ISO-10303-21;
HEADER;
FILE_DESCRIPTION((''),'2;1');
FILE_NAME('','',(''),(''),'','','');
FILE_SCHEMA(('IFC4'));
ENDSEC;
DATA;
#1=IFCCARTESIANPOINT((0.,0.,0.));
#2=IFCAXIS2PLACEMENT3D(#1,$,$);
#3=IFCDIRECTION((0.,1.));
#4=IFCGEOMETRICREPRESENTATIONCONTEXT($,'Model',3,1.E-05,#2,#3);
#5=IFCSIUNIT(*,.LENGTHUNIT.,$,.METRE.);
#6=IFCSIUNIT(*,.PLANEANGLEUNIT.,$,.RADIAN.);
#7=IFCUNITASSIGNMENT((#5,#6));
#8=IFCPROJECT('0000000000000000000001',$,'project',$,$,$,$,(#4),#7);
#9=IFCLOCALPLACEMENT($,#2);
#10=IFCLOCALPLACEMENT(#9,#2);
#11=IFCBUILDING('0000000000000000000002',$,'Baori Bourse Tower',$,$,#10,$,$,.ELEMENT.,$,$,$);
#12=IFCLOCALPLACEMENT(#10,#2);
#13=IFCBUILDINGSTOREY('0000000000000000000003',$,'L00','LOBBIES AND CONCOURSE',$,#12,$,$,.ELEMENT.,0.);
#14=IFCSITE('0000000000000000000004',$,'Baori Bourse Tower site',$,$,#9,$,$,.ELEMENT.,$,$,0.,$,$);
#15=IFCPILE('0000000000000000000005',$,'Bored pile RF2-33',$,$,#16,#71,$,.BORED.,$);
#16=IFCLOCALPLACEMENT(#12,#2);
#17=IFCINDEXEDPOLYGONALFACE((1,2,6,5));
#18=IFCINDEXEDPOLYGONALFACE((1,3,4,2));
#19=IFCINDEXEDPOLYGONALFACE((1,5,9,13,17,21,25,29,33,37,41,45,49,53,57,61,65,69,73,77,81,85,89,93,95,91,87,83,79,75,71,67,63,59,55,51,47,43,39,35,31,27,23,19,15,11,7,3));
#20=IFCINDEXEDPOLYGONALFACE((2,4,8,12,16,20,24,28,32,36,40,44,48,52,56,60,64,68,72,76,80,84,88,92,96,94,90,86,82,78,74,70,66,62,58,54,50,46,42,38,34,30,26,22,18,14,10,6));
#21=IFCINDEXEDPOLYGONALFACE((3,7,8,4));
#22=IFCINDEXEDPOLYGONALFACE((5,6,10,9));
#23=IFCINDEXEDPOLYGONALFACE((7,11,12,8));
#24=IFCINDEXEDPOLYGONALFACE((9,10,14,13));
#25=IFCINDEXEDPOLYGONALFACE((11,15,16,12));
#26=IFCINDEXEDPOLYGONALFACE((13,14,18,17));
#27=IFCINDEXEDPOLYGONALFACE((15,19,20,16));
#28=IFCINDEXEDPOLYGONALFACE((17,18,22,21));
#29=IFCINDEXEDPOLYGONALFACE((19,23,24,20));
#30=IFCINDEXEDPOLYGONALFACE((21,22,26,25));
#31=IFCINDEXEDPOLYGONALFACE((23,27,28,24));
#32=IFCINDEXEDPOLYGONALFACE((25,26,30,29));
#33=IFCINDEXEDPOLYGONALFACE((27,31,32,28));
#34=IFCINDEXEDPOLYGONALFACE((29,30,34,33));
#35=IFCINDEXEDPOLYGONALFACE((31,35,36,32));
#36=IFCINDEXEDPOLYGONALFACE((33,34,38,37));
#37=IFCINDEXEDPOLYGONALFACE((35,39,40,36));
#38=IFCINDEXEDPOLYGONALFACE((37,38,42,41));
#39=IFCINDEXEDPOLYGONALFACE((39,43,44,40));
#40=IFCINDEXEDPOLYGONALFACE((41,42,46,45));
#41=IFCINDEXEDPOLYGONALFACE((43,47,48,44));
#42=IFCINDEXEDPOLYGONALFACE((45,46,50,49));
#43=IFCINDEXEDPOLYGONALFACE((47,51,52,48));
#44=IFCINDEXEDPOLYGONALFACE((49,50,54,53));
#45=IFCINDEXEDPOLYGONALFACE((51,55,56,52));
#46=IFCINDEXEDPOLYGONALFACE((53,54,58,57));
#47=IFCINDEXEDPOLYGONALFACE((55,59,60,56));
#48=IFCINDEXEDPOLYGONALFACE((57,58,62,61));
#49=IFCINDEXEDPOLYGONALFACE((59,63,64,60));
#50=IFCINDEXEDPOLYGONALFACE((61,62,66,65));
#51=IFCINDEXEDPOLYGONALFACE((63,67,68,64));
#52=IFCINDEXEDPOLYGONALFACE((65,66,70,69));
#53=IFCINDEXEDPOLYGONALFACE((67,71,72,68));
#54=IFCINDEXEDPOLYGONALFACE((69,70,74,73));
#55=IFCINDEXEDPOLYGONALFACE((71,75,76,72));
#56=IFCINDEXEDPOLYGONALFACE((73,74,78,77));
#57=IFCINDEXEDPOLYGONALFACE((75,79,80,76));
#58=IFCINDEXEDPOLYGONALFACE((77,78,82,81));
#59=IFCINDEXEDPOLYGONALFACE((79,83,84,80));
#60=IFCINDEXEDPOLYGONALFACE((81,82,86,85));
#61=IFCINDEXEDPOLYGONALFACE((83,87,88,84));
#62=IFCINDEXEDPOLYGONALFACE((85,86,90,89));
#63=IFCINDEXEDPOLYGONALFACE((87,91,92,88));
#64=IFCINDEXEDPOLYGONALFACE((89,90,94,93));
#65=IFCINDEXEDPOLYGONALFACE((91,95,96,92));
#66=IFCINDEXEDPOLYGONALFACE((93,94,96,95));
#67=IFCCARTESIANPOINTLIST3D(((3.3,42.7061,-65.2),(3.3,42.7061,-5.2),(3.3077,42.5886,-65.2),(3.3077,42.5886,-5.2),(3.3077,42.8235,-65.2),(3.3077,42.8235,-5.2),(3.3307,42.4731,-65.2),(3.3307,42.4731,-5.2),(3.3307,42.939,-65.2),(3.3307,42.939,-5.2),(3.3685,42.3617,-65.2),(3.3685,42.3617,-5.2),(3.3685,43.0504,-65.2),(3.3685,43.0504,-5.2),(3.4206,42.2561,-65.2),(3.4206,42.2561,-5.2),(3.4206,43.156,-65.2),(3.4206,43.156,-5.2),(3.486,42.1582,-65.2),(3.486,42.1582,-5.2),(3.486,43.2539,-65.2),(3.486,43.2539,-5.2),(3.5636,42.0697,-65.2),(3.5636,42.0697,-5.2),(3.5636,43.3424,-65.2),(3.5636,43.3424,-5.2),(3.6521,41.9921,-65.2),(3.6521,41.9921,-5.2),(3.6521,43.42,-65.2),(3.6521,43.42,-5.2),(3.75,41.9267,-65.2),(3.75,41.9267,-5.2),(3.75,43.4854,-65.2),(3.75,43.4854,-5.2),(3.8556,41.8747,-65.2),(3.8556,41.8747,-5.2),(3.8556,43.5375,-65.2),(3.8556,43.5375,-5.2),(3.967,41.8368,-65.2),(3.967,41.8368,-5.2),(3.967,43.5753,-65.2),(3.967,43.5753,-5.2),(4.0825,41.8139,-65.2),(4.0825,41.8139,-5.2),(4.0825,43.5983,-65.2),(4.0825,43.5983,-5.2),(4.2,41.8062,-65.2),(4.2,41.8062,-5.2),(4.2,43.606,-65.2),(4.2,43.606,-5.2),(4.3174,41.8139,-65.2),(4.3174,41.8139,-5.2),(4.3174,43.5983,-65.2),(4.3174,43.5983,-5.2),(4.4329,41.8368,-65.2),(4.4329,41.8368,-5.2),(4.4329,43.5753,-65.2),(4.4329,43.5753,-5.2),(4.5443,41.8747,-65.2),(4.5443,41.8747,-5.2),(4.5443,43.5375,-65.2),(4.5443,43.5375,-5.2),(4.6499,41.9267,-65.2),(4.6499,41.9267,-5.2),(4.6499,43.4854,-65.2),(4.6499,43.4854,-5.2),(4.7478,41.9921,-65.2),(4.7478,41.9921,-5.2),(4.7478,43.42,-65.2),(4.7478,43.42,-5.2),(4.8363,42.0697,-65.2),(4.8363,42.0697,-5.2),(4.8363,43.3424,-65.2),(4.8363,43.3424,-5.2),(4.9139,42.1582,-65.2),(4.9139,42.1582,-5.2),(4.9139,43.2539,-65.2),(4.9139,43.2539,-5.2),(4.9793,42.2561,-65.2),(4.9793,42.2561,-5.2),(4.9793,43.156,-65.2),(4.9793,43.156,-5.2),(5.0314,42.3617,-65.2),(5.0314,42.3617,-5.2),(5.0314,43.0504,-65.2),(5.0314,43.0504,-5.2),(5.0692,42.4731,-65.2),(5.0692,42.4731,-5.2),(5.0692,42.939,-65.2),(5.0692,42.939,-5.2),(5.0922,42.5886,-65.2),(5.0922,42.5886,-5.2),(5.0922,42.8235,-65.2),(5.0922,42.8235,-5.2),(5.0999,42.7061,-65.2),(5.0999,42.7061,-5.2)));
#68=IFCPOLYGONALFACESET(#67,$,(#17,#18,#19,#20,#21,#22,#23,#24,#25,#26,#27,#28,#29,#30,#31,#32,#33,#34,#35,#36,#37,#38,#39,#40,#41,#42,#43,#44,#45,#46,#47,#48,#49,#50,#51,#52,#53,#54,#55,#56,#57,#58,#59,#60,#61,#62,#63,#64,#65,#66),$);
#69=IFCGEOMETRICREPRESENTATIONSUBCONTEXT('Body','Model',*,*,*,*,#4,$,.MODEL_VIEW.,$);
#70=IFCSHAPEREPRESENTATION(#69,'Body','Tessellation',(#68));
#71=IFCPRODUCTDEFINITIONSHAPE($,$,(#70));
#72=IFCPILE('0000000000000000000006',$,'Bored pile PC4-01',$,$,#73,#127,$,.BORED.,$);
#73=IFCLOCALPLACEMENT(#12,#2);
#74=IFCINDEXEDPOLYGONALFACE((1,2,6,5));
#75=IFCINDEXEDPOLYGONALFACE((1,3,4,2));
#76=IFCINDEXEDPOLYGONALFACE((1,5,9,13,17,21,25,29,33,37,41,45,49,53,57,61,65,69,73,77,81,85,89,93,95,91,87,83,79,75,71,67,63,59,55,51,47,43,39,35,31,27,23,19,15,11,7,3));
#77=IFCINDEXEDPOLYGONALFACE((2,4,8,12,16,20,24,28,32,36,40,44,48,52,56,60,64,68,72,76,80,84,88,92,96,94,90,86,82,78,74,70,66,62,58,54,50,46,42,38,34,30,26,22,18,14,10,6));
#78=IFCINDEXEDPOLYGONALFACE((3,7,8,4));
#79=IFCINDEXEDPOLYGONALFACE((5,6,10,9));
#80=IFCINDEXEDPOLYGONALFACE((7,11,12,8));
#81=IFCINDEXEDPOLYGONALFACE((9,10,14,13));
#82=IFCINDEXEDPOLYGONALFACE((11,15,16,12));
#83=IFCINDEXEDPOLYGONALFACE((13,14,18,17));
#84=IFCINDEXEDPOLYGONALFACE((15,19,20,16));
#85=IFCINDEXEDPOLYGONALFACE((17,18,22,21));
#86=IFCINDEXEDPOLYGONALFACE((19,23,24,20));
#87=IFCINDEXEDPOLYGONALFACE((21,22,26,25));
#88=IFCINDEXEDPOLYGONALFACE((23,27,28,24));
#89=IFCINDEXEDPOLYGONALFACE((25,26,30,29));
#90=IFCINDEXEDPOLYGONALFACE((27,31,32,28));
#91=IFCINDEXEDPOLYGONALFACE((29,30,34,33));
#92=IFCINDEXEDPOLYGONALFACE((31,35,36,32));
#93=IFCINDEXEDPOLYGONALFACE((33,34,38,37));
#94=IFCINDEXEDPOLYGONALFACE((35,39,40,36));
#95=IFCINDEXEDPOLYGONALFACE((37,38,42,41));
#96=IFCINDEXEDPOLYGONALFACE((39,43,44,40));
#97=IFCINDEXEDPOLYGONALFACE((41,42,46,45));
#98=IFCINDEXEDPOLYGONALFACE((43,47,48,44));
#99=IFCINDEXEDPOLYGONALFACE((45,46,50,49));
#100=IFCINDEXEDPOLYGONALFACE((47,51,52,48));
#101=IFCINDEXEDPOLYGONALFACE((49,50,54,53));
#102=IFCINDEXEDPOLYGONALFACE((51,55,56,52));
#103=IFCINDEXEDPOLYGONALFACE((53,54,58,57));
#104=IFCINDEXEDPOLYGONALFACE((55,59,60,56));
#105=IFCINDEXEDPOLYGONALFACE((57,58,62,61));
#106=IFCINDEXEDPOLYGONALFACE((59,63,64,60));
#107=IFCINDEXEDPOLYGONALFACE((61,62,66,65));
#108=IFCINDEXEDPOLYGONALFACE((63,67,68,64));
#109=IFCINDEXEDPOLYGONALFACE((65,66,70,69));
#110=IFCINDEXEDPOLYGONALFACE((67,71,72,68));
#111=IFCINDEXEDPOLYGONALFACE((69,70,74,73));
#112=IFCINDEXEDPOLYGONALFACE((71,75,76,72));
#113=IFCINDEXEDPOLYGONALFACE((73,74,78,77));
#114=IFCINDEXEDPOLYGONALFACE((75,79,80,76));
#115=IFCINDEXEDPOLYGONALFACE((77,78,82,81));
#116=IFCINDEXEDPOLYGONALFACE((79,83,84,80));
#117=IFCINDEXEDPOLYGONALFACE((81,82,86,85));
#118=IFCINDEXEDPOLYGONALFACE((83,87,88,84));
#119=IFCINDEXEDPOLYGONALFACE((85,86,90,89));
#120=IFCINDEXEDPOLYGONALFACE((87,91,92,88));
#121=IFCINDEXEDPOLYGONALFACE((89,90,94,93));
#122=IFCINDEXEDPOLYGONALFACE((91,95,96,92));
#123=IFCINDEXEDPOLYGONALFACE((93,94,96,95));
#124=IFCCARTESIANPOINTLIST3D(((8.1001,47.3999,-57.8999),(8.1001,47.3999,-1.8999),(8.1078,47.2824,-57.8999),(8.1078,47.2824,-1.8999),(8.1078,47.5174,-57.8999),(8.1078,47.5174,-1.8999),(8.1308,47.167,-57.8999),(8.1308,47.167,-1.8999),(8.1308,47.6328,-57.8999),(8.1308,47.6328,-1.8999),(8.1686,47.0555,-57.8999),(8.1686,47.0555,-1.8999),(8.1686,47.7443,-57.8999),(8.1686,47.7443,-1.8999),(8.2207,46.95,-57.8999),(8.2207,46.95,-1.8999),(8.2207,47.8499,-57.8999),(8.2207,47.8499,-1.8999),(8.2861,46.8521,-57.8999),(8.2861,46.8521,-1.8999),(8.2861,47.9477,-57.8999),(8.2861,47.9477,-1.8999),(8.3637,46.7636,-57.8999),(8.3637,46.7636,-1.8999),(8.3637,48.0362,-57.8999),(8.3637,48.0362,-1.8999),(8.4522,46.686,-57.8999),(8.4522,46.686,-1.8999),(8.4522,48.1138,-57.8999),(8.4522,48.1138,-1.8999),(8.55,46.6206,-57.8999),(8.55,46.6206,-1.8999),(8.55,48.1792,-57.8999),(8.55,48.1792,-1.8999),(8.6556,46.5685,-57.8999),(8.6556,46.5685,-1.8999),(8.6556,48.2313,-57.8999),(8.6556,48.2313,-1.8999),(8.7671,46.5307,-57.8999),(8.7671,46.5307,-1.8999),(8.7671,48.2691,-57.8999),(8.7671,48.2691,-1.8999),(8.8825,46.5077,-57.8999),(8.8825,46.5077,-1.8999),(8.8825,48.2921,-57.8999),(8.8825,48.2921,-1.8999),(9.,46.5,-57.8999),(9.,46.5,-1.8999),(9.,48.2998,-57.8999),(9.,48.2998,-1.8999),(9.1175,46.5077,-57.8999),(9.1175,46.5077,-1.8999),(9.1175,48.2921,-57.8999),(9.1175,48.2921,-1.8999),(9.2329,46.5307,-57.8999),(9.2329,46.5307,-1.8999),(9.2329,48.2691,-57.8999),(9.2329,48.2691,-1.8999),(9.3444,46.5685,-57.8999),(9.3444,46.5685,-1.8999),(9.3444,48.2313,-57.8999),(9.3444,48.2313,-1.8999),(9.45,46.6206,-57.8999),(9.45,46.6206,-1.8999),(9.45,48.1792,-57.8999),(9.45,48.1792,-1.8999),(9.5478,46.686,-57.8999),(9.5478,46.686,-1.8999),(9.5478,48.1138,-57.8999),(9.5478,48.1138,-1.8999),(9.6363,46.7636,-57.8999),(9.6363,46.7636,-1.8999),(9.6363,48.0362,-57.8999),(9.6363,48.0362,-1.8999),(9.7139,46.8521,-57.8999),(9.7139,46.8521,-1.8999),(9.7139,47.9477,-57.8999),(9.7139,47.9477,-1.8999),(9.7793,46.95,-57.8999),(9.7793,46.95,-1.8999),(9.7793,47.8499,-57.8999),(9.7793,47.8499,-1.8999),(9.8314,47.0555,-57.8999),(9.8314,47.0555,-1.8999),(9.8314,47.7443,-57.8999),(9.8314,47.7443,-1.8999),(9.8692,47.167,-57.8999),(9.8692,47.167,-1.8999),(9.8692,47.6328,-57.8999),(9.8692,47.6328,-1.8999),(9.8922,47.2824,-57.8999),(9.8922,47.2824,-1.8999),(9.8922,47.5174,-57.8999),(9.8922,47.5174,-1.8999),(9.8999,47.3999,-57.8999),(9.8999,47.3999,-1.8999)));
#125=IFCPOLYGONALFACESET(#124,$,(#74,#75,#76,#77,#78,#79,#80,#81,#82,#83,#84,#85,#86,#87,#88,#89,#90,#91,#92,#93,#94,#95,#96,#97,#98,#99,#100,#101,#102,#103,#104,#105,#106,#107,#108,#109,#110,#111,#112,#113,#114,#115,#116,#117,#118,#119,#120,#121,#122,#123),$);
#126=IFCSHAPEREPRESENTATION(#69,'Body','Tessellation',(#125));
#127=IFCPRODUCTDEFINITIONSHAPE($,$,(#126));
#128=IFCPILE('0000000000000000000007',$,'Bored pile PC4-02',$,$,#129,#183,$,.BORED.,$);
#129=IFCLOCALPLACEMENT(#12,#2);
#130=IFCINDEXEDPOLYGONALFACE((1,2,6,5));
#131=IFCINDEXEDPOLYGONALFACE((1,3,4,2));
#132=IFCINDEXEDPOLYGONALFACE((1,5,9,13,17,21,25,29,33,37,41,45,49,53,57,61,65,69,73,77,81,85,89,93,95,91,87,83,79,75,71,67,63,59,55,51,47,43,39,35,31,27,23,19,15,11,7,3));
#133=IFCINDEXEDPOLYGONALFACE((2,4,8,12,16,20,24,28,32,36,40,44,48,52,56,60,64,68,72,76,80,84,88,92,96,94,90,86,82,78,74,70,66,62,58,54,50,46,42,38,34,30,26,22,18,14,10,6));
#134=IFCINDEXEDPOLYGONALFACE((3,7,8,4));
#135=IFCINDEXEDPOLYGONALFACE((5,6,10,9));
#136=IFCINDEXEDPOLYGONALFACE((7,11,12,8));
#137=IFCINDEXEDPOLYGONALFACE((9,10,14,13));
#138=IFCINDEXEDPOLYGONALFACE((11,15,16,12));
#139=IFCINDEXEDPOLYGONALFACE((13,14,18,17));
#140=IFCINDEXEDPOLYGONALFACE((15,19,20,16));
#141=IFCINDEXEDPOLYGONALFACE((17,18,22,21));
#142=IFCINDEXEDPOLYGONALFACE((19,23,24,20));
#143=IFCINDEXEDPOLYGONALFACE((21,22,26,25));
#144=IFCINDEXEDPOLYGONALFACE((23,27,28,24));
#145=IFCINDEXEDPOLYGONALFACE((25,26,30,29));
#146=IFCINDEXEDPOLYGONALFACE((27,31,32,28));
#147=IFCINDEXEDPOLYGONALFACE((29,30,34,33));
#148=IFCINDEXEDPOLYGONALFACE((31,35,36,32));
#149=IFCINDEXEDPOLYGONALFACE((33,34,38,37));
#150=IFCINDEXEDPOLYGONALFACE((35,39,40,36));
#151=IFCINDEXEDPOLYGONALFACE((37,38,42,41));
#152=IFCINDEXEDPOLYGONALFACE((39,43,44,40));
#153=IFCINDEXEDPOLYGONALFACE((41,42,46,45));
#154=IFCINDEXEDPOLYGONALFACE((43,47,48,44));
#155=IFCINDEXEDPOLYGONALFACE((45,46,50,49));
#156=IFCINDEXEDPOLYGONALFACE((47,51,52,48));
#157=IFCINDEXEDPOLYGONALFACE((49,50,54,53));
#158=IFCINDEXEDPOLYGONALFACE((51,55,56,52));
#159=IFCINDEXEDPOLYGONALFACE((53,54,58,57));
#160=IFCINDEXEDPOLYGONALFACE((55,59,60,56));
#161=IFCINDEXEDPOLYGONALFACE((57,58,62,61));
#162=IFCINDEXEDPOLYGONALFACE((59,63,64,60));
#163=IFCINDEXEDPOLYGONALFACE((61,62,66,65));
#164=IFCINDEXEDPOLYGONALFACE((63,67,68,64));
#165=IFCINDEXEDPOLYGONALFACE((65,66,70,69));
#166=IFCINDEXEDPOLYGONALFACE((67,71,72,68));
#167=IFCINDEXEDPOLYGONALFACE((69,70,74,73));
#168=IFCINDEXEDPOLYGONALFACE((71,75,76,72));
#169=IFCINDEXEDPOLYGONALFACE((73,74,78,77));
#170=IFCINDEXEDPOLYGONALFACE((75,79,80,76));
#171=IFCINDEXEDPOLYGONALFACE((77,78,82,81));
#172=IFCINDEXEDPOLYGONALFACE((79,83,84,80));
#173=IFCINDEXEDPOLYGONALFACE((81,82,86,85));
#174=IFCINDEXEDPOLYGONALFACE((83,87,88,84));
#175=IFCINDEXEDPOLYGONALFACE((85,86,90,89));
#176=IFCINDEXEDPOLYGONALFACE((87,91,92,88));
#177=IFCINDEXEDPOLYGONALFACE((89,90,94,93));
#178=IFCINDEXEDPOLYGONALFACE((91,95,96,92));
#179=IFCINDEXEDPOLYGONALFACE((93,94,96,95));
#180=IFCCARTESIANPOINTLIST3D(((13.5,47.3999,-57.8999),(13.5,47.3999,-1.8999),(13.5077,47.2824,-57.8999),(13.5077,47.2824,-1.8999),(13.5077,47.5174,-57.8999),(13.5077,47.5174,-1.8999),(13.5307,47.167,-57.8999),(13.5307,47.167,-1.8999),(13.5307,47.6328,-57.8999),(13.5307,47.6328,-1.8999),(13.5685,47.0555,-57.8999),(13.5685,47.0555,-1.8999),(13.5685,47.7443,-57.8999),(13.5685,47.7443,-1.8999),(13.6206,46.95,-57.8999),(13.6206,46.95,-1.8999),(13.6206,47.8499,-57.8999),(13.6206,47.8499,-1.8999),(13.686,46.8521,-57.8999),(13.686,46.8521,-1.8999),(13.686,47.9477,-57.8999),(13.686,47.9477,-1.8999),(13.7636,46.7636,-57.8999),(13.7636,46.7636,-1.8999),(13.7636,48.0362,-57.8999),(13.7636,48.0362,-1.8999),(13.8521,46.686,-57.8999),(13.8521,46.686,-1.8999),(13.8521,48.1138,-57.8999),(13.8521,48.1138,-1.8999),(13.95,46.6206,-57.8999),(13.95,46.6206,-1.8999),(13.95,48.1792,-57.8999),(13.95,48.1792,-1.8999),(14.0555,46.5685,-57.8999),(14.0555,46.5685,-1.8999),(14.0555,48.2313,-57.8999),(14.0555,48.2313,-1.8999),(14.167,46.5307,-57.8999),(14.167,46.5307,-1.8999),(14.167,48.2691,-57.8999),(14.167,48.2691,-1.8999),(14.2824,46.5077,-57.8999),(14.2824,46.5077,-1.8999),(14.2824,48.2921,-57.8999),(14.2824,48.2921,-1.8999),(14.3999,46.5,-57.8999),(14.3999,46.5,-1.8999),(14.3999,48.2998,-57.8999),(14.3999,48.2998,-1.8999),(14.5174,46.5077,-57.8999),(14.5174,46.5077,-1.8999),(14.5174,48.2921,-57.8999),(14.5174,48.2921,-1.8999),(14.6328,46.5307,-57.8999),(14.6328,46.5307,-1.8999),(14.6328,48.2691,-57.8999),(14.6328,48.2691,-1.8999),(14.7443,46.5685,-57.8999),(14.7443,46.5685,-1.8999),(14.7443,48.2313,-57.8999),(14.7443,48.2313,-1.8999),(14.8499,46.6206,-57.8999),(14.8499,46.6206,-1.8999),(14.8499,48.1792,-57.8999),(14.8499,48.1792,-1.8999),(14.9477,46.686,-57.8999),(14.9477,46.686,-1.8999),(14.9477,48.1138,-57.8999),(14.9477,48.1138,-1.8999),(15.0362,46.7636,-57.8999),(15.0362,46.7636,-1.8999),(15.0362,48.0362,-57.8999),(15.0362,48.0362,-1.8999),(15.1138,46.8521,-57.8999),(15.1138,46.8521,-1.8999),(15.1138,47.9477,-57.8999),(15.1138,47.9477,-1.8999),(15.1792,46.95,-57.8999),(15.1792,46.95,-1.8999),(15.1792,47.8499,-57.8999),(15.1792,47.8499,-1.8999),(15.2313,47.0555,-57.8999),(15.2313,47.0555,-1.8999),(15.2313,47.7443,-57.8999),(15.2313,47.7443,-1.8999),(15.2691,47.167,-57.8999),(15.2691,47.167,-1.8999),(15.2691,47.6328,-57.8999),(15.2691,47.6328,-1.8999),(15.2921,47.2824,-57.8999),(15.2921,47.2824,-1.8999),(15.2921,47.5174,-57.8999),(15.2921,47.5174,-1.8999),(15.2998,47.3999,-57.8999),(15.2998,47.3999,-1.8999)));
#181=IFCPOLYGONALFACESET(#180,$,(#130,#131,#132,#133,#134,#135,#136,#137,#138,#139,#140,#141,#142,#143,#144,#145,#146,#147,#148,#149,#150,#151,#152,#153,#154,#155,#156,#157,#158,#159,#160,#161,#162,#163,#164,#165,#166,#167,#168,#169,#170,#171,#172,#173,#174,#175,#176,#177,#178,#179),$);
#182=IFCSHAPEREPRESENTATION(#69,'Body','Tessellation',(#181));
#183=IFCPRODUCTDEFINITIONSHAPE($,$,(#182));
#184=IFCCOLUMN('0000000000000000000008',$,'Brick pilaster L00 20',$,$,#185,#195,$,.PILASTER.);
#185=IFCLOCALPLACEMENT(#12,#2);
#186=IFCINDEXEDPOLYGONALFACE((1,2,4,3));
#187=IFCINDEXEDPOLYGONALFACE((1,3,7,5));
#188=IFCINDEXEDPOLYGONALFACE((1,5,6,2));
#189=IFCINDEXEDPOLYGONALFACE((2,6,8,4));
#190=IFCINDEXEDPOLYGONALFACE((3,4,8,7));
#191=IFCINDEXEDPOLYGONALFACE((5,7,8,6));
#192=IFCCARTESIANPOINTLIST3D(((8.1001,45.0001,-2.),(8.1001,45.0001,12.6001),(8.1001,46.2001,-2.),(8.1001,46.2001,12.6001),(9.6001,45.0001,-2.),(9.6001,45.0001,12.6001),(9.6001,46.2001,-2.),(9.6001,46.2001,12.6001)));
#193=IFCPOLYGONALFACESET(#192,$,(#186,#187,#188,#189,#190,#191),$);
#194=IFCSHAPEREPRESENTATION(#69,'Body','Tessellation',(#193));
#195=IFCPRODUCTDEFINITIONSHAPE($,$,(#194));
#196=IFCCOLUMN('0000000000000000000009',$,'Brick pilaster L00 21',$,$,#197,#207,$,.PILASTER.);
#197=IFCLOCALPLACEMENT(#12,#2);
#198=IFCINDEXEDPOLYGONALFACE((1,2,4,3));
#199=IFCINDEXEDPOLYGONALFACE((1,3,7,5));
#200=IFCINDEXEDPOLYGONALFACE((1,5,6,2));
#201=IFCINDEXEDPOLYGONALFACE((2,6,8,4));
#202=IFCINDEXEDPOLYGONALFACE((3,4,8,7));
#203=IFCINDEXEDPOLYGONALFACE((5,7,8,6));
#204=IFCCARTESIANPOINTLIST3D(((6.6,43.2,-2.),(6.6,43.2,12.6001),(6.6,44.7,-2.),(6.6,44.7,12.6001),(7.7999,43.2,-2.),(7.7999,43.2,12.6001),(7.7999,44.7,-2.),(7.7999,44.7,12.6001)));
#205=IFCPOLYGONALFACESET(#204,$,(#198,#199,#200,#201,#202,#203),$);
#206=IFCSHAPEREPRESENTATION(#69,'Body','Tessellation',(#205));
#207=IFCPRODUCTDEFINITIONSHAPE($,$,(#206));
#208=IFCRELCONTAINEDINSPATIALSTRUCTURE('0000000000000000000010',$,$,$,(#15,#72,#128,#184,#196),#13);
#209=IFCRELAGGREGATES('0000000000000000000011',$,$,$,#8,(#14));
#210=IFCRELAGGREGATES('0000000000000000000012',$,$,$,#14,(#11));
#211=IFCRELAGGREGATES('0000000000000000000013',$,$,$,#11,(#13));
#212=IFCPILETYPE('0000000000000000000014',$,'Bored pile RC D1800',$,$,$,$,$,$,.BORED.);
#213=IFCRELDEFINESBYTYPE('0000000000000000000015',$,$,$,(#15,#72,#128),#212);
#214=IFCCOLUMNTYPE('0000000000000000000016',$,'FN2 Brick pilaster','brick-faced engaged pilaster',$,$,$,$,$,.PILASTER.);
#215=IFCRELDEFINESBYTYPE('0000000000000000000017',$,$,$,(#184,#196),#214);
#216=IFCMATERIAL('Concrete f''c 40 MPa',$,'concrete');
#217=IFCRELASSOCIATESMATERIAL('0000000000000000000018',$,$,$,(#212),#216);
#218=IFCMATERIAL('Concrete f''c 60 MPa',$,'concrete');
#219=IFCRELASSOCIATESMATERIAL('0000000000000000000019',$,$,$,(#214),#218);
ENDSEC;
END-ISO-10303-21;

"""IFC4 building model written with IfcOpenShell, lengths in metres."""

from ifc_helpers import new_model, si_unit, direction, frame, origin, origin_2d, place, context, subcontext, project, spatial, rectangle, circle, extrude, material, material_profile, profile_set, type_object, element, save


model = new_model("IFC4")

# Units and contexts
model_context = context("Model", 3, precision=1e-05, world=origin(), true_north=direction((0.0, 1.0)))
body_context = subcontext(model_context, "Body", "Model", "MODEL_VIEW")
ifc_project = project(units=[si_unit("LENGTHUNIT", "METRE"), si_unit("PLANEANGLEUNIT", "RADIAN")], contexts=[model_context])

# Site, building, storey
site_placement = place(None, origin())
site = spatial("IfcSite", under=ifc_project, at=site_placement, Name="Baori Bourse Tower site", CompositionType="ELEMENT", RefElevation=0.0)
building_placement = place(site_placement, origin())
building = spatial("IfcBuilding", under=site, at=building_placement, Name="Baori Bourse Tower", CompositionType="ELEMENT")
storey_placement = place(building_placement, origin())
storey = spatial("IfcBuildingStorey", under=building, at=storey_placement, Name="L00", Description="LOBBIES AND CONCOURSE", CompositionType="ELEMENT", Elevation=0.0)

# Piles
ifc_material_1 = material(Name="Concrete f'c 40 MPa", Category="concrete")
ifc_material_profile_1 = material_profile(ifc_material_1, circle(Radius=0.8999, at=origin_2d()), Name="RC D1800")
ifc_profile_set_1 = profile_set([ifc_material_profile_1], Name="Concrete f'c 40 MPa")
pile_type = type_object("IfcPileType", Name="Bored pile RC D1800", PredefinedType="BORED", material=ifc_profile_set_1)
for number, where, z_axis, x_axis, name in (
    (1, (4.2, 42.7061, -5.2), (0.0, 0.0, -1.0), (1.0, 0.0, 0.0), "Bored pile RF2-33"),
):
    element("IfcPile", number, at=place(storey_placement, frame(where, z_axis=z_axis, x_axis=x_axis)), inside=storey, type_object=pile_type, Name=name, PredefinedType="BORED", context=body_context, shape_type="SweptSolid", body=[
        extrude(circle(Radius=0.8999, at=origin_2d()), origin(), (0.0, 0.0, 1.0), 60.0),
    ])
for number, where, z_axis, x_axis, name in (
    (2, (9.0, 47.3999, -1.8999), (0.0, 0.0, -1.0), (1.0, 0.0, 0.0), "Bored pile PC4-01"),
    (3, (14.3999, 47.3999, -1.8999), (0.0, 0.0, -1.0), (1.0, 0.0, 0.0), "Bored pile PC4-02"),
):
    element("IfcPile", number, at=place(storey_placement, frame(where, z_axis=z_axis, x_axis=x_axis)), inside=storey, type_object=pile_type, Name=name, PredefinedType="BORED", context=body_context, shape_type="SweptSolid", body=[
        extrude(circle(Radius=0.8999, at=origin_2d()), origin(), (0.0, 0.0, 1.0), 56.0),
    ])

# Columns
ifc_material_2 = material(Name="Concrete f'c 60 MPa", Category="concrete")
ifc_material_profile_2 = material_profile(ifc_material_2, rectangle(XDim=1.2, YDim=1.5, at=origin_2d()), Name="RC 1200x1500")
ifc_profile_set_2 = profile_set([ifc_material_profile_2], Name="Concrete f'c 60 MPa")
column_type_1 = type_object("IfcColumnType", Name="FN2 Brick pilaster", Description="brick-faced engaged pilaster", PredefinedType="PILASTER", material=ifc_profile_set_2)
for number, where, z_axis, x_axis, name in (
    (4, (8.8501, 45.6001, -2.0), (0.0, 0.0, 1.0), (0.0, 1.0, 0.0), "Brick pilaster L00 20"),
    (5, (7.2, 43.95, -2.0), (0.0, 0.0, 1.0), (1.0, 0.0, 0.0), "Brick pilaster L00 21"),
):
    element("IfcColumn", number, at=place(storey_placement, frame(where, z_axis=z_axis, x_axis=x_axis)), inside=storey, type_object=column_type_1, Name=name, PredefinedType="PILASTER", context=body_context, shape_type="SweptSolid", body=[
        extrude(rectangle(XDim=1.2, YDim=1.5, at=origin_2d()), origin(), (0.0, 0.0, 1.0), 14.6001),
    ])

save(model, "model.ifc")
